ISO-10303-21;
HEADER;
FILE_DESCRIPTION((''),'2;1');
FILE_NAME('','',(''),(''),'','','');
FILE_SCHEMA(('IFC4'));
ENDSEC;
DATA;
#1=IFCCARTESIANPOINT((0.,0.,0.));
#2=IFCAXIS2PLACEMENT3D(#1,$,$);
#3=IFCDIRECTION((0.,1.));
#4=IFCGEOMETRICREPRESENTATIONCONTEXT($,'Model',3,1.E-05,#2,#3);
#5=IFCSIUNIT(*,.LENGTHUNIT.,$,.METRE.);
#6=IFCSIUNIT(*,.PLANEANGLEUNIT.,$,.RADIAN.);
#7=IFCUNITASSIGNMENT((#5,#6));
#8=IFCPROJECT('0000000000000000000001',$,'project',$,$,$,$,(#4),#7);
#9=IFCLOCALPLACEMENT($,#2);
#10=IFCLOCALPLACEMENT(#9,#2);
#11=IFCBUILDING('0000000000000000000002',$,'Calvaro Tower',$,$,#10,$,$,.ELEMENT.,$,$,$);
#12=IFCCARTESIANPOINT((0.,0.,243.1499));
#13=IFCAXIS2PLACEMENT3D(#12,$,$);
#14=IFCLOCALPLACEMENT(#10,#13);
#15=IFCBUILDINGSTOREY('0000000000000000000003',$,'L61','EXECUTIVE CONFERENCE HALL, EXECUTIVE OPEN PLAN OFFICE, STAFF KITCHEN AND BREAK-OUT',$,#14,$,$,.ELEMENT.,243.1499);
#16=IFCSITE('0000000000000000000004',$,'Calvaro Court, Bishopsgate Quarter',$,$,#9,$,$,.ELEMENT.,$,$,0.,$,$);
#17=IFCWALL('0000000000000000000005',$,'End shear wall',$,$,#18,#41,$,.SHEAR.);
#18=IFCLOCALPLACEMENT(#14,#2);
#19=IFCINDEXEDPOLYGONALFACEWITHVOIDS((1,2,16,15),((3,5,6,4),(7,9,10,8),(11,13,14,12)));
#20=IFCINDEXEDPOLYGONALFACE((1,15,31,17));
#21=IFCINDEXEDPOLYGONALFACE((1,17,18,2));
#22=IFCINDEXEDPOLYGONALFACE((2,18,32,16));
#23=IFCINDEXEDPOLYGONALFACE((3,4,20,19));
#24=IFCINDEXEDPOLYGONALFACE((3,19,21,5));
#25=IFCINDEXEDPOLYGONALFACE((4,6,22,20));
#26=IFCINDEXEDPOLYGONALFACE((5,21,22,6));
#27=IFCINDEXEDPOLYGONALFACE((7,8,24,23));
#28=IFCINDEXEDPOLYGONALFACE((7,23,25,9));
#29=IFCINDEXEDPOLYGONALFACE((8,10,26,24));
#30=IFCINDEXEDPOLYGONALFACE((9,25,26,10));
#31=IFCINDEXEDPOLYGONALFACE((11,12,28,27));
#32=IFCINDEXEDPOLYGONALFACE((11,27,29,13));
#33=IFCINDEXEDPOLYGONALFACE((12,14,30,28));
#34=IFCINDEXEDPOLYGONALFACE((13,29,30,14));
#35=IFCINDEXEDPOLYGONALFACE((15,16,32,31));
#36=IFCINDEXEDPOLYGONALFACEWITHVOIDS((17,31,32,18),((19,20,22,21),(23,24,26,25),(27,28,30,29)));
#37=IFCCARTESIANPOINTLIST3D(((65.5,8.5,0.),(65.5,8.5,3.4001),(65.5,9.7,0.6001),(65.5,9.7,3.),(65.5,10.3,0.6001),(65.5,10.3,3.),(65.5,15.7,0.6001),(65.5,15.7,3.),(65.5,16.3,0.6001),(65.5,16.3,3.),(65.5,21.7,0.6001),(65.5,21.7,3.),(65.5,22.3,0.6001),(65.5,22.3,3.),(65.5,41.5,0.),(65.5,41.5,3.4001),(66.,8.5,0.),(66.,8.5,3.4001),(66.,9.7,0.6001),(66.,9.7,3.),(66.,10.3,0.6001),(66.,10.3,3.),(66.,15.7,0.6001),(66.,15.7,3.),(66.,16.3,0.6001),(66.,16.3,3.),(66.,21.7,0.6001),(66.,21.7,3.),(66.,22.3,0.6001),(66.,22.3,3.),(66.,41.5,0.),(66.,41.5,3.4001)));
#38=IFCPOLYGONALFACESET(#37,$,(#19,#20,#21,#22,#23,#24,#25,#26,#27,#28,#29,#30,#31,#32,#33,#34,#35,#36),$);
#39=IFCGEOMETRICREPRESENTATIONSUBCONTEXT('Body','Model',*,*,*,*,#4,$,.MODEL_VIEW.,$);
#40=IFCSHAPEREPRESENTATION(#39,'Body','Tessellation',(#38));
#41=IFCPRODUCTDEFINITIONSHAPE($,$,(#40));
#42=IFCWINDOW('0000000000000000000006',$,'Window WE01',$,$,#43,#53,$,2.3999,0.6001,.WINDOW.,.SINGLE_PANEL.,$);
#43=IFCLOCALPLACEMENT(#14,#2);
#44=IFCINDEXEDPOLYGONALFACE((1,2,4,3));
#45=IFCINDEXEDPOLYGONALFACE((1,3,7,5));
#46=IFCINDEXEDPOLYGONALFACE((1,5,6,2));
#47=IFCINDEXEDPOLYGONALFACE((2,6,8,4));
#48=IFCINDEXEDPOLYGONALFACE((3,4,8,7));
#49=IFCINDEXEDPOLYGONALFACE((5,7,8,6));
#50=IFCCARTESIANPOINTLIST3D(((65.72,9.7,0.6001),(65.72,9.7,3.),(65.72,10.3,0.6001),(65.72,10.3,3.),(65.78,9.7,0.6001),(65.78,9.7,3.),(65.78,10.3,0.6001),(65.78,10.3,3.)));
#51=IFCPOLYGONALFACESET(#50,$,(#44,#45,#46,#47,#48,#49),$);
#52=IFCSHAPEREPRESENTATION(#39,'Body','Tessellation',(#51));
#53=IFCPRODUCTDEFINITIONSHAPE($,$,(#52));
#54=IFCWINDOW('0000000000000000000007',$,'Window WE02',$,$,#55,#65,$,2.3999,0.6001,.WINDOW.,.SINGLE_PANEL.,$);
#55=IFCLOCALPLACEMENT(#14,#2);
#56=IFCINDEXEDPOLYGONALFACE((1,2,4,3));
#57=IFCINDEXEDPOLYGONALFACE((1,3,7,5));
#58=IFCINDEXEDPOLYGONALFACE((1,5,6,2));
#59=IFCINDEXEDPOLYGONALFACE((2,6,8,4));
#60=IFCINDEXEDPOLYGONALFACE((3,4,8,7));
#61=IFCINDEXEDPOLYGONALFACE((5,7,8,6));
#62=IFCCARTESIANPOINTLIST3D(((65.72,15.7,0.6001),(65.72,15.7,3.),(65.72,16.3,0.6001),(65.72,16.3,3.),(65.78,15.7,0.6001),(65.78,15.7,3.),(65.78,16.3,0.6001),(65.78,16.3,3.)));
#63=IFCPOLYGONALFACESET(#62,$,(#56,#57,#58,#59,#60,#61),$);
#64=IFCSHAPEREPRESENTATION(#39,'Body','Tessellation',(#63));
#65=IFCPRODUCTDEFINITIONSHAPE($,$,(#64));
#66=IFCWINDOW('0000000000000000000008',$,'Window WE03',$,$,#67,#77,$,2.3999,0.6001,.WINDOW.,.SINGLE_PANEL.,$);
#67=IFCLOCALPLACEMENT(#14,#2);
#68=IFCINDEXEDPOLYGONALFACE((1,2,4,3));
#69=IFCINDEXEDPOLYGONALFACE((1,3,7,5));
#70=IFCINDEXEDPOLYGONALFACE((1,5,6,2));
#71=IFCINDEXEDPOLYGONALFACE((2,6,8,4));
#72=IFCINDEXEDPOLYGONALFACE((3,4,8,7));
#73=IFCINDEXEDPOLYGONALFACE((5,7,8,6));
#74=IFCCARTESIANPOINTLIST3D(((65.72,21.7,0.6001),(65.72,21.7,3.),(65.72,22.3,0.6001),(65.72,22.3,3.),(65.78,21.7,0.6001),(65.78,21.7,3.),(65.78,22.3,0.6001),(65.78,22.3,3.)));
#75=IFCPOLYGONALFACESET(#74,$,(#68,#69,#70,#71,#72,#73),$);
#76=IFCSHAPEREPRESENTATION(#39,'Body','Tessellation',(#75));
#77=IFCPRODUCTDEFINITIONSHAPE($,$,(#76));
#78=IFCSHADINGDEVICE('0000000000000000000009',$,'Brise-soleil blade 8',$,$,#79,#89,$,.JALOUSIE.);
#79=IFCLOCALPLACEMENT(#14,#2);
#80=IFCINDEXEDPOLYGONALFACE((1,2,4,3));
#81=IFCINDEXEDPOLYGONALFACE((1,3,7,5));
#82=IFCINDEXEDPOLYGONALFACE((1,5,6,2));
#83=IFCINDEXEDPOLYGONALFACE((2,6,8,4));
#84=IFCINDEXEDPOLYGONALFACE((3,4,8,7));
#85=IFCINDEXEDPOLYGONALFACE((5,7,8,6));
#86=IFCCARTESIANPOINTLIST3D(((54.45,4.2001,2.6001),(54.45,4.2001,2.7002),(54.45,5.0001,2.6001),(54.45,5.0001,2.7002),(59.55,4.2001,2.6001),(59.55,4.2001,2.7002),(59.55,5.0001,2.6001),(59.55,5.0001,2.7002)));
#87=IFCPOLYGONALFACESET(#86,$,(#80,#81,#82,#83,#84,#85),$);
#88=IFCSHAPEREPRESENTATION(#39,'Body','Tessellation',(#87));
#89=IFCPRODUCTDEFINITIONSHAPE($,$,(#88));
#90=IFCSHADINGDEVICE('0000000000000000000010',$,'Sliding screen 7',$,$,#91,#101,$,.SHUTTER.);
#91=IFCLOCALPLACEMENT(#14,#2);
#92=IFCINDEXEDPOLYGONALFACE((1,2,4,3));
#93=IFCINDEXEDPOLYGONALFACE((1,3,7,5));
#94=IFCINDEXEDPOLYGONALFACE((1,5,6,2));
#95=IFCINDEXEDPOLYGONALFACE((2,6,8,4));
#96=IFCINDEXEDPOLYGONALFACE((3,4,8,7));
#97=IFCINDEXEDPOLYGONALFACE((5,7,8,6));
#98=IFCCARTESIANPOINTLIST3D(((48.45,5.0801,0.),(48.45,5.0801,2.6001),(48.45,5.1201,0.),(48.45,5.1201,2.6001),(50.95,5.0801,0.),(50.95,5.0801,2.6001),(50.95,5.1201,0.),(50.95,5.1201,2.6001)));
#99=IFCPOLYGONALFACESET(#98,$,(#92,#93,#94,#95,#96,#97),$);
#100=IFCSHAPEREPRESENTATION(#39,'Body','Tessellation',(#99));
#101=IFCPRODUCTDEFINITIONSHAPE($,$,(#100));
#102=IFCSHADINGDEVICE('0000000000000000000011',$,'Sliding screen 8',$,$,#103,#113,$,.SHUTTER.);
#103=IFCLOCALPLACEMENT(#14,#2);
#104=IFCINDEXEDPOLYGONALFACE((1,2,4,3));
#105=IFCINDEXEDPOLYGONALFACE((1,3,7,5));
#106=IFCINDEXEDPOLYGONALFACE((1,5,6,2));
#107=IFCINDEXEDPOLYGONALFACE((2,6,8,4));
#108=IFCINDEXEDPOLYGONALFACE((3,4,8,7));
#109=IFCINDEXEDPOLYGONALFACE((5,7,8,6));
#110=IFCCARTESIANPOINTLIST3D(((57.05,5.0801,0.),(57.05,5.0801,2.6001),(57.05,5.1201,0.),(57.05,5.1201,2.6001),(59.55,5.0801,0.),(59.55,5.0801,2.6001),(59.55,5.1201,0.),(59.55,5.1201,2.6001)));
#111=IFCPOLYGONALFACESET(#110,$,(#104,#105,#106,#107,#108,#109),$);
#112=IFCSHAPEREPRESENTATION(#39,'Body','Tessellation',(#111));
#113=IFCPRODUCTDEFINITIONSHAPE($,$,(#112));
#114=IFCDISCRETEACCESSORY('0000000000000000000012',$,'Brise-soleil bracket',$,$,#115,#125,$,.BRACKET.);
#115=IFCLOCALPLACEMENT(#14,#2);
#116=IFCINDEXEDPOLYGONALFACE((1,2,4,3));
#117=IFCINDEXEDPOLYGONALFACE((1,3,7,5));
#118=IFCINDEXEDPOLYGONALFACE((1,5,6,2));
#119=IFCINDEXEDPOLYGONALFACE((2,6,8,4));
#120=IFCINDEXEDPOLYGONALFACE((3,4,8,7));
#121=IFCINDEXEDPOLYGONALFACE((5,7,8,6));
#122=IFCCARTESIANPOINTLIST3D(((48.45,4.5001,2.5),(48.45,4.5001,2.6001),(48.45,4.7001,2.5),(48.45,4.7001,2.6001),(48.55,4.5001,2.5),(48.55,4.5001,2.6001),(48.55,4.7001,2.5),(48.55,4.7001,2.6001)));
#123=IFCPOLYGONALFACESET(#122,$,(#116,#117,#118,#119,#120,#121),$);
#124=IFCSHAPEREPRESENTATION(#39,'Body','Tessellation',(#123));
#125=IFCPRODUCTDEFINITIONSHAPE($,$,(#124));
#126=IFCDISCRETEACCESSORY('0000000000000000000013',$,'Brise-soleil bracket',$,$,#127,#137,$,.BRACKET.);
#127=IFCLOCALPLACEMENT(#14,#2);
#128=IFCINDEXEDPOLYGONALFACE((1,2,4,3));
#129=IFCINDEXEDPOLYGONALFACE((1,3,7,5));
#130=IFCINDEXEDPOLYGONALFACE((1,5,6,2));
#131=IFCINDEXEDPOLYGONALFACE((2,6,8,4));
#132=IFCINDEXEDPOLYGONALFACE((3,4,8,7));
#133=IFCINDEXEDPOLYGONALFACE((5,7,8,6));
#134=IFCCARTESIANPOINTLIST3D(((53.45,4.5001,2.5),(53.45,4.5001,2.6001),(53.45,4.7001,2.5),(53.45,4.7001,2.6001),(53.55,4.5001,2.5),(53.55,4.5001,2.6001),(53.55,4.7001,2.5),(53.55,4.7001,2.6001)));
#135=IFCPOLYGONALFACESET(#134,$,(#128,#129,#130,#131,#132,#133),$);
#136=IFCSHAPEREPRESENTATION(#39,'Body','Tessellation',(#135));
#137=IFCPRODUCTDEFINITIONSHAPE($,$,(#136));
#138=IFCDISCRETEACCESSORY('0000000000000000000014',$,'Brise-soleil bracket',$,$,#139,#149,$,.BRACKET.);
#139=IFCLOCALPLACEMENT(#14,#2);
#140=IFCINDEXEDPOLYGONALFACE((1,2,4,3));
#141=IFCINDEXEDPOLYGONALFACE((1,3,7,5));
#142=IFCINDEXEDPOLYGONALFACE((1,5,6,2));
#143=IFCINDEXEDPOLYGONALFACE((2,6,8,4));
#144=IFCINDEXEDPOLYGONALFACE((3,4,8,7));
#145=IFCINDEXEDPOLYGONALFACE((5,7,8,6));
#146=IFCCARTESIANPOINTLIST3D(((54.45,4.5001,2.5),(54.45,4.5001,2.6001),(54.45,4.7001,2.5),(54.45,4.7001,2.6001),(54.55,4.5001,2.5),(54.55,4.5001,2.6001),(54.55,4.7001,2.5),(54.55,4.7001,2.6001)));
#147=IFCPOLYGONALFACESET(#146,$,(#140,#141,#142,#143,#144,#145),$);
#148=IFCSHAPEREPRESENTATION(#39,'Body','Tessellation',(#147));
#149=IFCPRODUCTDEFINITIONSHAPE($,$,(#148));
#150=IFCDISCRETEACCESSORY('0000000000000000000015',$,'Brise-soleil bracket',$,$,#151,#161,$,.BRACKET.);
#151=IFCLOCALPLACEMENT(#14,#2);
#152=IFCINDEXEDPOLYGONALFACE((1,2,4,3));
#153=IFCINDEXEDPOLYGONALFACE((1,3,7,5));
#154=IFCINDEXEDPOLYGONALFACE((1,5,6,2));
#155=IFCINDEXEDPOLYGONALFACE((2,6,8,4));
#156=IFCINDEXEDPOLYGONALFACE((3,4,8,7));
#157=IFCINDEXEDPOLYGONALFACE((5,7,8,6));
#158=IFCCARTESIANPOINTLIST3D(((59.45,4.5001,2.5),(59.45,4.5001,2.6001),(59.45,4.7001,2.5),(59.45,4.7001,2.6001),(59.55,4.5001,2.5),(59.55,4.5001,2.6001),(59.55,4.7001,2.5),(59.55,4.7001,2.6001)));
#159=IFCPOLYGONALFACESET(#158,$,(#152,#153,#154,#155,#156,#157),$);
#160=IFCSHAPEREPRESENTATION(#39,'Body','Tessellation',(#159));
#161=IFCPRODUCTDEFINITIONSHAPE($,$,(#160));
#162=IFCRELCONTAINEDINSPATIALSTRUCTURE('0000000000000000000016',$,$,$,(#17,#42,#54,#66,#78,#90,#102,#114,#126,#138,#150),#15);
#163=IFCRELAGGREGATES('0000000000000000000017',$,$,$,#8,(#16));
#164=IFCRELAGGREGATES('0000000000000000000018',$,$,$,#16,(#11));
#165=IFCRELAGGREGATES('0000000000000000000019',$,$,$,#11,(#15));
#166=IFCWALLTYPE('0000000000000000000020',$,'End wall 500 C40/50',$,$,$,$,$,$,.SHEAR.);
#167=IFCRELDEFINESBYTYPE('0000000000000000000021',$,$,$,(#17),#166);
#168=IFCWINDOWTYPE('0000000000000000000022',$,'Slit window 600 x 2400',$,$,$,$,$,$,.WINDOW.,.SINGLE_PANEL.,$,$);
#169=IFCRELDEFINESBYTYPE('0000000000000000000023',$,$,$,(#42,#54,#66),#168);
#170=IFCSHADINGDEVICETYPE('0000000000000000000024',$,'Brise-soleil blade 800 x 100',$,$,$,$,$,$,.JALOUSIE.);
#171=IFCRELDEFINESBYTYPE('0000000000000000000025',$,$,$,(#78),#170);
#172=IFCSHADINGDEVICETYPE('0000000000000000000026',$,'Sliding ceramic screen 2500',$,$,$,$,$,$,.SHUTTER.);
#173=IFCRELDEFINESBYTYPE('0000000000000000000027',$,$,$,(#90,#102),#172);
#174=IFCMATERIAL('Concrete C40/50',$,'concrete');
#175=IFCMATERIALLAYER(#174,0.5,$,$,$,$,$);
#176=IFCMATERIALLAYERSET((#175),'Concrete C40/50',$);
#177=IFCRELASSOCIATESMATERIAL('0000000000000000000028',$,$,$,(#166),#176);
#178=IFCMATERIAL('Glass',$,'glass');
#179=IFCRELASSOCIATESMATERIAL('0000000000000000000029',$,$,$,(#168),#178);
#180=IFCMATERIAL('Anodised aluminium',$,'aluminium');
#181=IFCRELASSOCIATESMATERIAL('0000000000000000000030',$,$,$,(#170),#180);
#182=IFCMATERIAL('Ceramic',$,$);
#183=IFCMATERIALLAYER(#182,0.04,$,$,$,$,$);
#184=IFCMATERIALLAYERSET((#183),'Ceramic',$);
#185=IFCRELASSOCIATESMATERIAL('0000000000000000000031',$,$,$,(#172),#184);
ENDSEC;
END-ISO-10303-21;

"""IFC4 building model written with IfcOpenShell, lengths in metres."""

from ifc_helpers import new_model, si_unit, direction, frame, frame_2d, origin, origin_2d, place, context, subcontext, project, spatial, rectangle, extrude, material, layer, layer_set, material_profile, profile_set, type_object, element, fill, save


model = new_model("IFC4")

# Units and contexts
model_context = context("Model", 3, precision=1e-05, world=origin(), true_north=direction((0.0, 1.0)))
body_context = subcontext(model_context, "Body", "Model", "MODEL_VIEW")
ifc_project = project(units=[si_unit("LENGTHUNIT", "METRE"), si_unit("PLANEANGLEUNIT", "RADIAN")], contexts=[model_context])

# Site, building, storey
site_placement = place(None, origin())
site = spatial("IfcSite", under=ifc_project, at=site_placement, Name="Calvaro Court, Bishopsgate Quarter", CompositionType="ELEMENT", RefElevation=0.0)
building_placement = place(site_placement, origin())
building = spatial("IfcBuilding", under=site, at=building_placement, Name="Calvaro Tower", CompositionType="ELEMENT")
storey_placement = place(building_placement, frame((0.0, 0.0, 243.1499)))
storey = spatial("IfcBuildingStorey", under=building, at=storey_placement, Name="L61", Description="EXECUTIVE CONFERENCE HALL, EXECUTIVE OPEN PLAN OFFICE, STAFF KITCHEN AND BREAK-OUT", CompositionType="ELEMENT", Elevation=243.1499)

# Wall, openings, windows
ifc_material_1 = material(Name="Concrete C40/50", Category="concrete")
ifc_layer_1 = layer(ifc_material_1, 0.5)
ifc_layer_set_1 = layer_set([ifc_layer_1], Name="Concrete C40/50")
wall_type = type_object("IfcWallType", Name="End wall 500 C40/50", PredefinedType="SHEAR", material=ifc_layer_set_1)
wall_placement = place(storey_placement, frame((65.75, 8.5, 0.0), z_axis=(0.0, 0.0, 1.0), x_axis=(0.0, 1.0, 0.0)))
wall = element("IfcWall", 1, at=wall_placement, inside=storey, type_object=wall_type, Name="End shear wall", PredefinedType="SHEAR", context=body_context, shape_type="SweptSolid", body=[
    extrude(rectangle(XDim=33.0, YDim=0.5, at=frame_2d((16.5, 0.0))), origin(), (0.0, 0.0, 1.0), 3.4001),
])
opening_1_placement = place(wall_placement, frame((1.2, 0.0, 0.6001)))
opening_1 = element("IfcOpeningElement", 2, at=opening_1_placement, cuts=wall, PredefinedType="OPENING", context=body_context, shape_type="SweptSolid", body=[
    extrude(rectangle(XDim=0.6001, YDim=2.3999, at=frame_2d((0.3, 1.2))), frame((0.0, 0.26, 0.0), z_axis=(0.0, -1.0, 0.0), x_axis=(1.0, 0.0, 0.0)), (0.0, 0.0, 1.0), 0.52),
])
opening_2_placement = place(wall_placement, frame((7.2, 0.0, 0.6001)))
opening_2 = element("IfcOpeningElement", 3, at=opening_2_placement, cuts=wall, PredefinedType="OPENING", context=body_context, shape_type="SweptSolid", body=[
    extrude(rectangle(XDim=0.6001, YDim=2.3999, at=frame_2d((0.3, 1.2))), frame((0.0, 0.26, 0.0), z_axis=(0.0, -1.0, 0.0), x_axis=(1.0, 0.0, 0.0)), (0.0, 0.0, 1.0), 0.52),
])
opening_3_placement = place(wall_placement, frame((13.2, 0.0, 0.6001)))
opening_3 = element("IfcOpeningElement", 4, at=opening_3_placement, cuts=wall, PredefinedType="OPENING", context=body_context, shape_type="SweptSolid", body=[
    extrude(rectangle(XDim=0.6001, YDim=2.3999, at=frame_2d((0.3, 1.2))), frame((0.0, 0.26, 0.0), z_axis=(0.0, -1.0, 0.0), x_axis=(1.0, 0.0, 0.0)), (0.0, 0.0, 1.0), 0.52),
])
ifc_material_2 = material(Name="Glass", Category="glass")
window_type = type_object("IfcWindowType", Name="Slit window 600 x 2400", PartitioningType="SINGLE_PANEL", PredefinedType="WINDOW", material=ifc_material_2)
window_1_placement = place(opening_1_placement, origin())
window_1 = element("IfcWindow", 5, at=window_1_placement, inside=storey, type_object=window_type, Name="Window WE01", OverallHeight=2.3999, OverallWidth=0.6001, PartitioningType="SINGLE_PANEL", PredefinedType="WINDOW", context=body_context, shape_type="SweptSolid", body=[
    extrude(rectangle(XDim=0.6001, YDim=2.3999, at=frame_2d((0.3, 1.2))), frame((0.0, 0.03, 0.0), z_axis=(0.0, -1.0, 0.0), x_axis=(1.0, 0.0, 0.0)), (0.0, 0.0, 1.0), 0.0601),
])
fill(opening_1, window_1)
window_2_placement = place(opening_2_placement, origin())
window_2 = element("IfcWindow", 6, at=window_2_placement, inside=storey, type_object=window_type, Name="Window WE02", OverallHeight=2.3999, OverallWidth=0.6001, PartitioningType="SINGLE_PANEL", PredefinedType="WINDOW", context=body_context, shape_type="SweptSolid", body=[
    extrude(rectangle(XDim=0.6001, YDim=2.3999, at=frame_2d((0.3, 1.2))), frame((0.0, 0.03, 0.0), z_axis=(0.0, -1.0, 0.0), x_axis=(1.0, 0.0, 0.0)), (0.0, 0.0, 1.0), 0.0601),
])
fill(opening_2, window_2)
window_3_placement = place(opening_3_placement, origin())
window_3 = element("IfcWindow", 7, at=window_3_placement, inside=storey, type_object=window_type, Name="Window WE03", OverallHeight=2.3999, OverallWidth=0.6001, PartitioningType="SINGLE_PANEL", PredefinedType="WINDOW", context=body_context, shape_type="SweptSolid", body=[
    extrude(rectangle(XDim=0.6001, YDim=2.3999, at=frame_2d((0.3, 1.2))), frame((0.0, 0.03, 0.0), z_axis=(0.0, -1.0, 0.0), x_axis=(1.0, 0.0, 0.0)), (0.0, 0.0, 1.0), 0.0601),
])
fill(opening_3, window_3)

# Shading devices
ifc_material_3 = material(Name="Anodised aluminium", Category="aluminium")
ifc_material_profile_1 = material_profile(ifc_material_3, rectangle(XDim=0.8, YDim=0.1001, at=origin_2d()), Name="Brise-soleil blade 800 x 100")
ifc_profile_set_1 = profile_set([ifc_material_profile_1], Name="Anodised aluminium")
shading_device_type_1 = type_object("IfcShadingDeviceType", Name="Brise-soleil blade 800 x 100", PredefinedType="JALOUSIE", material=ifc_profile_set_1)
shading_device_placement = place(storey_placement, frame((54.45, 4.6001, 2.6501), z_axis=(1.0, 0.0, 0.0), x_axis=(0.0, 1.0, 0.0)))
element("IfcShadingDevice", 8, at=shading_device_placement, inside=storey, type_object=shading_device_type_1, Name="Brise-soleil blade 8", PredefinedType="JALOUSIE", context=body_context, shape_type="SweptSolid", body=[
    extrude(rectangle(XDim=0.8, YDim=0.1001, at=origin_2d()), origin(), (0.0, 0.0, 1.0), 5.1001),
])
ifc_material_4 = material(Name="Ceramic")
ifc_layer_2 = layer(ifc_material_4, 0.04)
ifc_layer_set_2 = layer_set([ifc_layer_2], Name="Ceramic")
shading_device_type_2 = type_object("IfcShadingDeviceType", Name="Sliding ceramic screen 2500", PredefinedType="SHUTTER", material=ifc_layer_set_2)
for number, where, z_axis, x_axis, name in (
    (9, (49.7, 5.1001, 0.0), (0.0, 0.0, 1.0), (1.0, 0.0, 0.0), "Sliding screen 7"),
    (10, (58.3, 5.1001, 0.0), (0.0, 0.0, 1.0), (1.0, 0.0, 0.0), "Sliding screen 8"),
):
    element("IfcShadingDevice", number, at=place(storey_placement, frame(where, z_axis=z_axis, x_axis=x_axis)), inside=storey, type_object=shading_device_type_2, Name=name, PredefinedType="SHUTTER", context=body_context, shape_type="SweptSolid", body=[
        extrude(rectangle(XDim=2.5, YDim=0.04, at=origin_2d()), origin(), (0.0, 0.0, 1.0), 2.6001),
    ])

# Discrete accessories
for number, where, z_axis, x_axis, name in (
    (11, (48.5, 4.6001, 2.5), (0.0, 0.0, 1.0), (1.0, 0.0, 0.0), "Brise-soleil bracket"),
    (12, (53.5, 4.6001, 2.5), (0.0, 0.0, 1.0), (1.0, 0.0, 0.0), "Brise-soleil bracket"),
    (13, (54.5, 4.6001, 2.5), (0.0, 0.0, 1.0), (1.0, 0.0, 0.0), "Brise-soleil bracket"),
    (14, (59.5, 4.6001, 2.5), (0.0, 0.0, 1.0), (1.0, 0.0, 0.0), "Brise-soleil bracket"),
):
    element("IfcDiscreteAccessory", number, at=place(storey_placement, frame(where, z_axis=z_axis, x_axis=x_axis)), inside=storey, Name=name, PredefinedType="BRACKET", context=body_context, shape_type="SweptSolid", body=[
        extrude(rectangle(XDim=0.1001, YDim=0.2, at=origin_2d()), origin(), (0.0, 0.0, 1.0), 0.1001),
    ])

save(model, "model.ifc")
